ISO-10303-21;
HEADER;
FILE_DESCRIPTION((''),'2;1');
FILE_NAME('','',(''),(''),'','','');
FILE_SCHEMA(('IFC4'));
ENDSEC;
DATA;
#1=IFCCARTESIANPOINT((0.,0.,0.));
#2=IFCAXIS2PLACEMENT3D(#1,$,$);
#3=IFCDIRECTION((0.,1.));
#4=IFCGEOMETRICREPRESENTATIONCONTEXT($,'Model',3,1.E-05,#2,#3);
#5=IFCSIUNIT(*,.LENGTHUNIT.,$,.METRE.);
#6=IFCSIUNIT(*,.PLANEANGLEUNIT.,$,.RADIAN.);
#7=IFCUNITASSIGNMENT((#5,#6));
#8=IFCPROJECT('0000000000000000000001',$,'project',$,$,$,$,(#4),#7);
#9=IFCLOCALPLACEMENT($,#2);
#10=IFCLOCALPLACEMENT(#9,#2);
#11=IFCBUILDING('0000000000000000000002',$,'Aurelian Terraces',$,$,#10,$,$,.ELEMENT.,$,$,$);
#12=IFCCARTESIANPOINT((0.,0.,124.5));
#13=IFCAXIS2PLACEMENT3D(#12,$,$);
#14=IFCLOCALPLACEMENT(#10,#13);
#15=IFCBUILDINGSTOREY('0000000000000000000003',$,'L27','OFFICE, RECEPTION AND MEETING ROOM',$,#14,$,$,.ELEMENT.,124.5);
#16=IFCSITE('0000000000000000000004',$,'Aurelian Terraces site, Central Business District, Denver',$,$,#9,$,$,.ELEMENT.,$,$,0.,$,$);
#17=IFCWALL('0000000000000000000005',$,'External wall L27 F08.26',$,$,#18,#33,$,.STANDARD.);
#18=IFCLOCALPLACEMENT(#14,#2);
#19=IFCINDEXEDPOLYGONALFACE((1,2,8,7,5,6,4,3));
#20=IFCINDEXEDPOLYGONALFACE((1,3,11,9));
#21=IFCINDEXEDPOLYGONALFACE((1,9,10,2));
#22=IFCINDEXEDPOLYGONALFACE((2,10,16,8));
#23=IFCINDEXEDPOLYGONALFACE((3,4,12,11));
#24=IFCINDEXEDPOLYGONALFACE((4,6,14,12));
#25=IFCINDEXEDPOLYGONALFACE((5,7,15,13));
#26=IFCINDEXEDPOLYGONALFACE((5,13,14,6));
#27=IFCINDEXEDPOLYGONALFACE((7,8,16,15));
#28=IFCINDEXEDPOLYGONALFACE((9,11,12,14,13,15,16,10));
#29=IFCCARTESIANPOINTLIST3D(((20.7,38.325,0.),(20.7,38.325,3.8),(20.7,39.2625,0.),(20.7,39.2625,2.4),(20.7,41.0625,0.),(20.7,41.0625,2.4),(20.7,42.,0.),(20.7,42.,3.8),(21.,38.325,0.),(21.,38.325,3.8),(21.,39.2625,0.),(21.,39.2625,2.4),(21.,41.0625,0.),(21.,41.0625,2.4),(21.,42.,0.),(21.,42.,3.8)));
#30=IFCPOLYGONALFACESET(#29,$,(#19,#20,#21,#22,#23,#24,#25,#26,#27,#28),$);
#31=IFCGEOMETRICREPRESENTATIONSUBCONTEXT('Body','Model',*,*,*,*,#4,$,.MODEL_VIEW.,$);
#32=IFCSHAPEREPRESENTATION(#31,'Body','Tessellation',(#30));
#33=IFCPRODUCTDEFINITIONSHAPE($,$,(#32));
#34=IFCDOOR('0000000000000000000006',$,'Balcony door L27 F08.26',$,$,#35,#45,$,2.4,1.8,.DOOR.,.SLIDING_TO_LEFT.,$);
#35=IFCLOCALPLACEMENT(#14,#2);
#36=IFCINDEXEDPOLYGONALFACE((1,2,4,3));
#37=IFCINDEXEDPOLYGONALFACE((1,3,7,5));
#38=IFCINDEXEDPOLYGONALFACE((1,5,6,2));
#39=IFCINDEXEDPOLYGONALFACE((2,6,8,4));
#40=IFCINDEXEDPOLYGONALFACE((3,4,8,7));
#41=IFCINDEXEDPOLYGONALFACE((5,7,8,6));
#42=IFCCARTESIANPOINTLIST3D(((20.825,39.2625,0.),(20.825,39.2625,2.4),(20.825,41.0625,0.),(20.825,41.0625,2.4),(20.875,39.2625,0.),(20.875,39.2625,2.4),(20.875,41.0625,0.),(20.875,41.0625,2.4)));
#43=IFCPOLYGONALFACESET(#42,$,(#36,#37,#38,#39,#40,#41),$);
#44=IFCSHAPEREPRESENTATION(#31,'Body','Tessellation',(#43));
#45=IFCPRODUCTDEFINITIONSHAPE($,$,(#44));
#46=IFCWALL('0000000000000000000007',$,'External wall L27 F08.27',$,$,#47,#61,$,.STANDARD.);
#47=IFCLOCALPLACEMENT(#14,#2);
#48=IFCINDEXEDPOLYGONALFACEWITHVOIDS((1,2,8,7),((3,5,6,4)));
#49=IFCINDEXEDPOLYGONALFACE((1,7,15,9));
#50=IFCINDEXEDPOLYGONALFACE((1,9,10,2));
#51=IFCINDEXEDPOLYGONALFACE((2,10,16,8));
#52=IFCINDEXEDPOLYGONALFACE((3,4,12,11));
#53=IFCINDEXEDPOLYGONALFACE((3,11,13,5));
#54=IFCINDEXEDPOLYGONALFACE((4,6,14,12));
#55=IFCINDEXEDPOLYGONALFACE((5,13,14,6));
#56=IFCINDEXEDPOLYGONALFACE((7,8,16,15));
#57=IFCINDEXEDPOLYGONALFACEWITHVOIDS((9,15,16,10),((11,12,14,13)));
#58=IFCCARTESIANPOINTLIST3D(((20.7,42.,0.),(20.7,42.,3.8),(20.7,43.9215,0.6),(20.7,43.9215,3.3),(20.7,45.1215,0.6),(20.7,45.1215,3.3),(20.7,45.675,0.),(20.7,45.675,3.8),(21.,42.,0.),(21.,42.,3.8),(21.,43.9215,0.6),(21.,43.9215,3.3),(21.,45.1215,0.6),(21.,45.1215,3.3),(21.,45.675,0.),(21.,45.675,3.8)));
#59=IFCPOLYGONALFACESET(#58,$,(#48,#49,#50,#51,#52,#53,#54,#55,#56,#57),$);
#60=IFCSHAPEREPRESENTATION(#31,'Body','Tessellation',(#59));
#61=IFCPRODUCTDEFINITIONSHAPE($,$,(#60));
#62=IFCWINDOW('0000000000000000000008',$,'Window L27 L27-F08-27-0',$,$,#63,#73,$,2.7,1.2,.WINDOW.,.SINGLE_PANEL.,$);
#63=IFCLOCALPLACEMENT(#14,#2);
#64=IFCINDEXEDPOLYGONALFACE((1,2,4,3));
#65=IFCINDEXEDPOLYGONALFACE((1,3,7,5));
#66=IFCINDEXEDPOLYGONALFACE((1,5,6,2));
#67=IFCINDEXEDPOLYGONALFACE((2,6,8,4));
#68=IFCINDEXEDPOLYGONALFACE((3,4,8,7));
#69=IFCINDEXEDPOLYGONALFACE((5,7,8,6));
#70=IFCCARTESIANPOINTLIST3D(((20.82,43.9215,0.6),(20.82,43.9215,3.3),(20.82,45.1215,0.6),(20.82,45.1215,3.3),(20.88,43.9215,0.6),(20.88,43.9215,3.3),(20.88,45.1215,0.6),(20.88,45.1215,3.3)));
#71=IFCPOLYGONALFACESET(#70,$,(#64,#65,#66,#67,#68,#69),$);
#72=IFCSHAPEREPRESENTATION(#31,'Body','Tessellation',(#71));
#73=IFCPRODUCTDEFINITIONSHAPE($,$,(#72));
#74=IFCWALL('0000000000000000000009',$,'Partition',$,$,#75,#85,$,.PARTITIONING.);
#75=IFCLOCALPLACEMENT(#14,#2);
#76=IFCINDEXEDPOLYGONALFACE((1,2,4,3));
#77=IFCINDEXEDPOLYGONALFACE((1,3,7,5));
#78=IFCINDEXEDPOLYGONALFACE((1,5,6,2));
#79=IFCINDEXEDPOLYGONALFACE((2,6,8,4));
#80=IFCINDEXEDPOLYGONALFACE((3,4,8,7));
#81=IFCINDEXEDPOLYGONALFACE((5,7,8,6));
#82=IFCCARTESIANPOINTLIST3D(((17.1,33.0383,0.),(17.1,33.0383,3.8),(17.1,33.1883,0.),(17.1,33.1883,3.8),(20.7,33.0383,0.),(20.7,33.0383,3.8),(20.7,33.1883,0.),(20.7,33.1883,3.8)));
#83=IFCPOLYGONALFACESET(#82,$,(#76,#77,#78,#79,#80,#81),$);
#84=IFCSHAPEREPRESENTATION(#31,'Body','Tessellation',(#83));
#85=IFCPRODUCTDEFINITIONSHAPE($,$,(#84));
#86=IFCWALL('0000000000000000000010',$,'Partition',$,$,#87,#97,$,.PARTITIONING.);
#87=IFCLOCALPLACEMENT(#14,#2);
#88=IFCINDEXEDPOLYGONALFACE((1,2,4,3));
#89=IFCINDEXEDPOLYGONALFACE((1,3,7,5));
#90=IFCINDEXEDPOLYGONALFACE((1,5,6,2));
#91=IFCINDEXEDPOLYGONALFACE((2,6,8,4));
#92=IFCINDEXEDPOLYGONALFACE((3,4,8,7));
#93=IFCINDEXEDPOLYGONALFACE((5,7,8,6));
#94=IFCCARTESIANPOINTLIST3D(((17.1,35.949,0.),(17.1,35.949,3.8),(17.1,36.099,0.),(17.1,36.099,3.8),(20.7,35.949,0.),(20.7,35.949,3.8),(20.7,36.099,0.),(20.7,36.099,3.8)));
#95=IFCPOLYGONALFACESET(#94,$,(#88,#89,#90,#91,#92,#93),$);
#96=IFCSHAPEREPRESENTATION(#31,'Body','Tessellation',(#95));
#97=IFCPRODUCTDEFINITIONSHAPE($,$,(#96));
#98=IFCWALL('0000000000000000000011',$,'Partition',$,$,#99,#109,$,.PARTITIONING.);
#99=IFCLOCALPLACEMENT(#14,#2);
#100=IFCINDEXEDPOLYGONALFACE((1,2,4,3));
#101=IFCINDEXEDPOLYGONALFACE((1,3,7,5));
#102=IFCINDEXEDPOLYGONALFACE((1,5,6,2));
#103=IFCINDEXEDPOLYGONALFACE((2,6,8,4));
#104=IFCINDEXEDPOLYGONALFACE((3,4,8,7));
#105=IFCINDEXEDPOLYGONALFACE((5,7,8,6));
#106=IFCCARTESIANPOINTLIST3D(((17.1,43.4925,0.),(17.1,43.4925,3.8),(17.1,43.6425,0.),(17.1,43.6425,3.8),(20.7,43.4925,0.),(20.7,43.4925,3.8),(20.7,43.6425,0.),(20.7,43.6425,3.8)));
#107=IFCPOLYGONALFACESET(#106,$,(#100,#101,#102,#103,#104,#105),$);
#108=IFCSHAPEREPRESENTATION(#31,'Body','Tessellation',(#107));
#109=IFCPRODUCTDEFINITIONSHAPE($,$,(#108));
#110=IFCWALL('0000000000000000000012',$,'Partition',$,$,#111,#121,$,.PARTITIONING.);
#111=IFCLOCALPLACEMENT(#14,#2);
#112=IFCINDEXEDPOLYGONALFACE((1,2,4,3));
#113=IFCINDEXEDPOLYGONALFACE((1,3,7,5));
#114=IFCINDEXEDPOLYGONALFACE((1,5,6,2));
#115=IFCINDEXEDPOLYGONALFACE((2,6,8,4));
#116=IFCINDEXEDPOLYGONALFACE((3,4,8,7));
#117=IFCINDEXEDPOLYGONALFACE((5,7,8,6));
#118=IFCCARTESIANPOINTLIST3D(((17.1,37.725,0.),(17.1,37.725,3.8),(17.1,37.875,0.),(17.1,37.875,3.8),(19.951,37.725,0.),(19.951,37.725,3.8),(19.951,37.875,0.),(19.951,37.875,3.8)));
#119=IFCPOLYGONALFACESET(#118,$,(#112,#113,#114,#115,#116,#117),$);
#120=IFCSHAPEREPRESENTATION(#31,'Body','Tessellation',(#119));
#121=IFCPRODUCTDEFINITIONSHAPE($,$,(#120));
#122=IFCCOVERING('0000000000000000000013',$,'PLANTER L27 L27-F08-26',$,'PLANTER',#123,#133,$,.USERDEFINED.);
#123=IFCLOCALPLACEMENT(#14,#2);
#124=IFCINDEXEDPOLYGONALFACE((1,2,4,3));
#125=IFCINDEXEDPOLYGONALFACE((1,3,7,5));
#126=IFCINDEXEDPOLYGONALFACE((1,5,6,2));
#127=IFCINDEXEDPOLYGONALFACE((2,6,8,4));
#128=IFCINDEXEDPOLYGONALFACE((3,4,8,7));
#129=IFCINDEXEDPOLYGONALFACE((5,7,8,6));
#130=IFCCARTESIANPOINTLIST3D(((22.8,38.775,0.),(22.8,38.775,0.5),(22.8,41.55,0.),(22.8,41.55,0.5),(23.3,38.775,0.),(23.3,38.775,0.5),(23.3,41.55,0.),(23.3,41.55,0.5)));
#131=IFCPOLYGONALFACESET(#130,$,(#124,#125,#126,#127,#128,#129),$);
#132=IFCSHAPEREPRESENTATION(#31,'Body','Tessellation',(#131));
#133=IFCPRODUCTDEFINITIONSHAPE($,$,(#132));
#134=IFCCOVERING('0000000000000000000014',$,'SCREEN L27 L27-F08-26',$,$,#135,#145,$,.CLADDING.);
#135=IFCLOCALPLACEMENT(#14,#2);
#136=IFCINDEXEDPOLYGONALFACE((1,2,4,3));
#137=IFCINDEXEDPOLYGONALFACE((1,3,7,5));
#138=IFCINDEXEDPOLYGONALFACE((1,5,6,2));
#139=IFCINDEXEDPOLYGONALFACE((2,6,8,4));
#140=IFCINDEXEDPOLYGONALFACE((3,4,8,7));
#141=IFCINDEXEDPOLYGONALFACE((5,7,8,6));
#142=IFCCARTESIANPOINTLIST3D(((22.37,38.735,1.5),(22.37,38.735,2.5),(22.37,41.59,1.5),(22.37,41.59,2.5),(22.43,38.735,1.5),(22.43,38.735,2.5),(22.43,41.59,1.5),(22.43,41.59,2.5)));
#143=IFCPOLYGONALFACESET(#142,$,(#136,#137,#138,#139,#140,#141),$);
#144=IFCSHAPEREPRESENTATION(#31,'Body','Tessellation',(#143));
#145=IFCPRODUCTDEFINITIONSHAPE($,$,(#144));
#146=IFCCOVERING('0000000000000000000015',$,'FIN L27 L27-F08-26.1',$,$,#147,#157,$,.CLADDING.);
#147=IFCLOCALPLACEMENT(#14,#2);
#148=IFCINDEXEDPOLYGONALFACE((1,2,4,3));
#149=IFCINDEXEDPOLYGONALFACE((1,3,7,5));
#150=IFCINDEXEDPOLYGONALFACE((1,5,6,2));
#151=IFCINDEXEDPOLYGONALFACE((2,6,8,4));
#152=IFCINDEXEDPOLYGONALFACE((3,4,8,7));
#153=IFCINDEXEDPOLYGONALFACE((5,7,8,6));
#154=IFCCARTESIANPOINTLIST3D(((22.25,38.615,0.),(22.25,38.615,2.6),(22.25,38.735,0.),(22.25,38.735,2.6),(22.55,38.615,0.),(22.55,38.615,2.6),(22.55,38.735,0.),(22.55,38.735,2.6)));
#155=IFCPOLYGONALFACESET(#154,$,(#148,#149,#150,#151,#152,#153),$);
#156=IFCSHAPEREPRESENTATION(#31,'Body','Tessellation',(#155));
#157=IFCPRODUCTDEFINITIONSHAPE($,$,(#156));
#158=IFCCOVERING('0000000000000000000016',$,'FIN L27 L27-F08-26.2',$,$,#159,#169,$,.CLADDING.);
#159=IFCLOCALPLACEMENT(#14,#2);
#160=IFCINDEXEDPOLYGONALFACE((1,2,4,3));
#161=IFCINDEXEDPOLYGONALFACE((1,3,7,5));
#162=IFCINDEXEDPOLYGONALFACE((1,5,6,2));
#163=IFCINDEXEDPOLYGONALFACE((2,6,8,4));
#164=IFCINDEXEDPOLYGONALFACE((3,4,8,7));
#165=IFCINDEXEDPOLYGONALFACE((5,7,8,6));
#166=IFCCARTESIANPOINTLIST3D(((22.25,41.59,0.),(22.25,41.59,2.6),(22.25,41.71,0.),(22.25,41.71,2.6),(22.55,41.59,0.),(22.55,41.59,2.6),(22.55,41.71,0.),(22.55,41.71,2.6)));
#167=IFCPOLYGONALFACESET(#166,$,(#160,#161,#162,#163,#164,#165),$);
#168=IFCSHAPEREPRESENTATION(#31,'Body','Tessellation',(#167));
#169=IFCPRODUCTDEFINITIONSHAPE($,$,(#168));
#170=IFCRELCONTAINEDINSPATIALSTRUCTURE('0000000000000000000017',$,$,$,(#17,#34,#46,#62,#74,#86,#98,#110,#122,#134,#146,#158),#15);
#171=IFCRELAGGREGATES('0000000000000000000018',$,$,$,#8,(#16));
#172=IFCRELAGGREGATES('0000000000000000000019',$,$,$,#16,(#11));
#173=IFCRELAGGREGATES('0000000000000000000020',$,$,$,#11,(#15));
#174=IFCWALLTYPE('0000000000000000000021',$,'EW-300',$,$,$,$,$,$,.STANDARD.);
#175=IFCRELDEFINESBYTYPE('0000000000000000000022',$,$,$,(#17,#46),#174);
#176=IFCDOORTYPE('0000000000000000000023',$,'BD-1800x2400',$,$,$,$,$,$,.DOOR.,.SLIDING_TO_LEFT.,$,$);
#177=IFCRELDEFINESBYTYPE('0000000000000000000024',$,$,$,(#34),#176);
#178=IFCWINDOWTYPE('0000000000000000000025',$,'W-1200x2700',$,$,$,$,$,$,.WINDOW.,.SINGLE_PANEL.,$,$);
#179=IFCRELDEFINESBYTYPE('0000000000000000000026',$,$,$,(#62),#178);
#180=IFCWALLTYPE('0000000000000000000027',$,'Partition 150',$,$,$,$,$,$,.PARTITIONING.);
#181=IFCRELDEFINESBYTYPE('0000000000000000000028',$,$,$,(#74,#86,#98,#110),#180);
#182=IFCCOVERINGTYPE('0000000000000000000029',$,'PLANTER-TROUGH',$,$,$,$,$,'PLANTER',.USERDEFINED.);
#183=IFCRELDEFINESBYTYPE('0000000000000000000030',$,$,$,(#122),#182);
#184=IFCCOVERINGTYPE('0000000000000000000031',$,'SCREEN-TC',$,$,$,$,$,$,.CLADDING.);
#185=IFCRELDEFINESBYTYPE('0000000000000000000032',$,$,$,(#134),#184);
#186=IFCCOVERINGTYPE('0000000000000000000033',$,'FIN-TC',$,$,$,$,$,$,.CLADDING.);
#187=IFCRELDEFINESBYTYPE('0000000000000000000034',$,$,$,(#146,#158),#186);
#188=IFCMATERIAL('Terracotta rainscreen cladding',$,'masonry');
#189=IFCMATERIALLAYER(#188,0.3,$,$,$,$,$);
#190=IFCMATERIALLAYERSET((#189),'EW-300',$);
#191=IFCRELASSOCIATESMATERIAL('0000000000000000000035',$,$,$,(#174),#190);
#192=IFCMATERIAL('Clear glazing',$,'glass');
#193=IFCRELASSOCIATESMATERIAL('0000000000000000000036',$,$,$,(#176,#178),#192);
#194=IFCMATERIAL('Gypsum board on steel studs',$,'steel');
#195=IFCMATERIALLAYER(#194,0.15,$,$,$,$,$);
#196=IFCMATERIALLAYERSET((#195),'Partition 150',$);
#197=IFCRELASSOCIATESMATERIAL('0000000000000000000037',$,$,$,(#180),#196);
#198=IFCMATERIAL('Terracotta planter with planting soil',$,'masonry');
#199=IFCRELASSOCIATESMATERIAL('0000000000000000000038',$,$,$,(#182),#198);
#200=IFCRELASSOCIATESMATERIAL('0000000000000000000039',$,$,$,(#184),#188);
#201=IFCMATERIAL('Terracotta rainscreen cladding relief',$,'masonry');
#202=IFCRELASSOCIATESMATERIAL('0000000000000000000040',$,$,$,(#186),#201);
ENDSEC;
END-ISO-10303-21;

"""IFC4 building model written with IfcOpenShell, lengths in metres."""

from ifc_helpers import new_model, si_unit, direction, frame, frame_2d, origin, origin_2d, place, context, subcontext, project, spatial, rectangle, extrude, source, transform, mapped, material, layer, layer_set, type_object, element, fill, save


model = new_model("IFC4")

# Units and contexts
model_context = context("Model", 3, precision=1e-05, world=origin(), true_north=direction((0.0, 1.0)))
body_context = subcontext(model_context, "Body", "Model", "MODEL_VIEW")
ifc_project = project(units=[si_unit("LENGTHUNIT", "METRE"), si_unit("PLANEANGLEUNIT", "RADIAN")], contexts=[model_context])

# Site, building, storey
site_placement = place(None, origin())
site = spatial("IfcSite", under=ifc_project, at=site_placement, Name="Aurelian Terraces site, Central Business District, Denver", CompositionType="ELEMENT", RefElevation=0.0)
building_placement = place(site_placement, origin())
building = spatial("IfcBuilding", under=site, at=building_placement, Name="Aurelian Terraces", CompositionType="ELEMENT")
storey_placement = place(building_placement, frame((0.0, 0.0, 124.5)))
storey = spatial("IfcBuildingStorey", under=building, at=storey_placement, Name="L27", Description="OFFICE, RECEPTION AND MEETING ROOM", CompositionType="ELEMENT", Elevation=124.5)

# Shared definitions
ifc_material_1 = material(Name="Terracotta rainscreen cladding", Category="masonry")
ifc_layer_1 = layer(ifc_material_1, 0.3)
ifc_layer_set_1 = layer_set([ifc_layer_1], Name="EW-300")
wall_type_1 = type_object("IfcWallType", Name="EW-300", PredefinedType="STANDARD", material=ifc_layer_set_1)
ifc_material_2 = material(Name="Clear glazing", Category="glass")

# Wall, opening, door
shared_shape_1 = source(origin(), body_context, "Body", "SweptSolid", [
    extrude(rectangle(XDim=3.675, YDim=0.3, at=frame_2d((1.8375, 0.0))), origin(), (0.0, 0.0, 1.0), 3.8),
])
wall_1_placement = place(storey_placement, frame((20.85, 38.325, 0.0), z_axis=(0.0, 0.0, 1.0), x_axis=(0.0, 1.0, 0.0)))
wall_1 = element("IfcWall", 1, at=wall_1_placement, inside=storey, type_object=wall_type_1, Name="External wall L27 F08.26", PredefinedType="STANDARD", context=body_context, shape_type="MappedRepresentation", body=[
    mapped(shared_shape_1, transform((0.0, 0.0, 0.0), scale=1.0)),
])
shared_shape_2 = source(origin(), body_context, "Body", "SweptSolid", [
    extrude(rectangle(XDim=1.8, YDim=2.4, at=frame_2d((0.9, 1.2))), frame((0.0, 0.16, 0.0), z_axis=(0.0, -1.0, 0.0), x_axis=(1.0, 0.0, 0.0)), (0.0, 0.0, 1.0), 0.32),
])
opening_1_placement = place(wall_1_placement, frame((0.9375, 0.0, 0.0)))
opening_1 = element("IfcOpeningElement", 2, at=opening_1_placement, cuts=wall_1, PredefinedType="OPENING", context=body_context, shape_type="MappedRepresentation", body=[
    mapped(shared_shape_2, transform((0.0, 0.0, 0.0), scale=1.0)),
])
door_type_1 = type_object("IfcDoorType", Name="BD-1800x2400", OperationType="SLIDING_TO_LEFT", PredefinedType="DOOR", material=ifc_material_2)
shared_shape_3 = source(origin(), body_context, "Body", "SweptSolid", [
    extrude(rectangle(XDim=1.8, YDim=2.4, at=frame_2d((0.9, 1.2))), frame((0.0, 0.025, 0.0), z_axis=(0.0, -1.0, 0.0), x_axis=(1.0, 0.0, 0.0)), (0.0, 0.0, 1.0), 0.05),
])
door_1_placement = place(opening_1_placement, origin())
door_1 = element("IfcDoor", 3, at=door_1_placement, inside=storey, type_object=door_type_1, Name="Balcony door L27 F08.26", OperationType="SLIDING_TO_LEFT", OverallHeight=2.4, OverallWidth=1.8, PredefinedType="DOOR", context=body_context, shape_type="MappedRepresentation", body=[
    mapped(shared_shape_3, transform((0.0, 0.0, 0.0), scale=1.0)),
])
fill(opening_1, door_1)

# Wall, opening, window
wall_2_placement = place(storey_placement, frame((20.85, 42.0, 0.0), z_axis=(0.0, 0.0, 1.0), x_axis=(0.0, 1.0, 0.0)))
wall_2 = element("IfcWall", 4, at=wall_2_placement, inside=storey, type_object=wall_type_1, Name="External wall L27 F08.27", PredefinedType="STANDARD", context=body_context, shape_type="MappedRepresentation", body=[
    mapped(shared_shape_1, transform((0.0, 0.0, 0.0), scale=1.0)),
])
shared_shape_4 = source(origin(), body_context, "Body", "SweptSolid", [
    extrude(rectangle(XDim=1.2, YDim=2.7, at=frame_2d((0.6, 1.35))), frame((0.0, 0.16, 0.0), z_axis=(0.0, -1.0, 0.0), x_axis=(1.0, 0.0, 0.0)), (0.0, 0.0, 1.0), 0.32),
])
opening_2_placement = place(wall_2_placement, frame((1.9215, 0.0, 0.6)))
opening_2 = element("IfcOpeningElement", 5, at=opening_2_placement, cuts=wall_2, PredefinedType="OPENING", context=body_context, shape_type="MappedRepresentation", body=[
    mapped(shared_shape_4, transform((0.0, 0.0, 0.0), scale=1.0)),
])
window_type_1 = type_object("IfcWindowType", Name="W-1200x2700", PartitioningType="SINGLE_PANEL", PredefinedType="WINDOW", material=ifc_material_2)
shared_shape_5 = source(origin(), body_context, "Body", "SweptSolid", [
    extrude(rectangle(XDim=1.2, YDim=2.7, at=frame_2d((0.6, 1.35))), frame((0.0, 0.03, 0.0), z_axis=(0.0, -1.0, 0.0), x_axis=(1.0, 0.0, 0.0)), (0.0, 0.0, 1.0), 0.06),
])
window_1_placement = place(opening_2_placement, origin())
window_1 = element("IfcWindow", 6, at=window_1_placement, inside=storey, type_object=window_type_1, Name="Window L27 L27-F08-27-0", OverallHeight=2.7, OverallWidth=1.2, PartitioningType="SINGLE_PANEL", PredefinedType="WINDOW", context=body_context, shape_type="MappedRepresentation", body=[
    mapped(shared_shape_5, transform((0.0, 0.0, 0.0), scale=1.0)),
])
fill(opening_2, window_1)

# Walls
ifc_material_3 = material(Name="Gypsum board on steel studs", Category="steel")
ifc_layer_2 = layer(ifc_material_3, 0.15)
ifc_layer_set_2 = layer_set([ifc_layer_2], Name="Partition 150")
wall_type_2 = type_object("IfcWallType", Name="Partition 150", PredefinedType="PARTITIONING", material=ifc_layer_set_2)
shared_shape_6 = source(origin(), body_context, "Body", "SweptSolid", [
    extrude(rectangle(XDim=3.6, YDim=0.15, at=frame_2d((1.8, 0.0))), origin(), (0.0, 0.0, 1.0), 3.8),
])
for number, where, z_axis, x_axis, name in (
    (7, (17.1, 33.1133, 0.0), (0.0, 0.0, 1.0), (1.0, 0.0, 0.0), "Partition"),
    (8, (17.1, 36.024, 0.0), (0.0, 0.0, 1.0), (1.0, 0.0, 0.0), "Partition"),
    (9, (17.1, 43.5675, 0.0), (0.0, 0.0, 1.0), (1.0, 0.0, 0.0), "Partition"),
):
    element("IfcWall", number, at=place(storey_placement, frame(where, z_axis=z_axis, x_axis=x_axis)), inside=storey, type_object=wall_type_2, Name=name, PredefinedType="PARTITIONING", context=body_context, shape_type="MappedRepresentation", body=[
        mapped(shared_shape_6, transform((0.0, 0.0, 0.0), scale=1.0)),
    ])
shared_shape_7 = source(origin(), body_context, "Body", "SweptSolid", [
    extrude(rectangle(XDim=2.851, YDim=0.15, at=frame_2d((1.4255, 0.0))), origin(), (0.0, 0.0, 1.0), 3.8),
])
wall_3_placement = place(storey_placement, frame((19.951, 37.8, 0.0), z_axis=(0.0, 0.0, 1.0), x_axis=(-1.0, 0.0, 0.0)))
element("IfcWall", 10, at=wall_3_placement, inside=storey, type_object=wall_type_2, Name="Partition", PredefinedType="PARTITIONING", context=body_context, shape_type="MappedRepresentation", body=[
    mapped(shared_shape_7, transform((0.0, 0.0, 0.0), scale=1.0)),
])

# Coverings
ifc_material_4 = material(Name="Terracotta planter with planting soil", Category="masonry")
covering_type_1 = type_object("IfcCoveringType", Name="PLANTER-TROUGH", ElementType="PLANTER", PredefinedType="USERDEFINED", material=ifc_material_4)
covering_1_placement = place(storey_placement, frame((23.05, 40.1625, 0.0), z_axis=(0.0, 0.0, 1.0), x_axis=(1.0, 0.0, 0.0)))
element("IfcCovering", 11, at=covering_1_placement, inside=storey, type_object=covering_type_1, Name="PLANTER L27 L27-F08-26", ObjectType="PLANTER", PredefinedType="USERDEFINED", context=body_context, shape_type="SweptSolid", body=[
    extrude(rectangle(XDim=0.5, YDim=2.775, at=origin_2d()), origin(), (0.0, 0.0, 1.0), 0.5),
])
covering_type_2 = type_object("IfcCoveringType", Name="SCREEN-TC", PredefinedType="CLADDING", material=ifc_material_1)
covering_2_placement = place(storey_placement, frame((22.4, 40.1625, 1.5), z_axis=(0.0, 0.0, 1.0), x_axis=(1.0, 0.0, 0.0)))
element("IfcCovering", 12, at=covering_2_placement, inside=storey, type_object=covering_type_2, Name="SCREEN L27 L27-F08-26", PredefinedType="CLADDING", context=body_context, shape_type="SweptSolid", body=[
    extrude(rectangle(XDim=0.06, YDim=2.855, at=origin_2d()), origin(), (0.0, 0.0, 1.0), 1.0),
])
ifc_material_5 = material(Name="Terracotta rainscreen cladding relief", Category="masonry")
covering_type_3 = type_object("IfcCoveringType", Name="FIN-TC", PredefinedType="CLADDING", material=ifc_material_5)
shared_shape_8 = source(origin(), body_context, "Body", "SweptSolid", [
    extrude(rectangle(XDim=0.3, YDim=0.12, at=origin_2d()), origin(), (0.0, 0.0, 1.0), 2.6),
])
for number, where, z_axis, x_axis, name in (
    (13, (22.4, 38.675, 0.0), (0.0, 0.0, 1.0), (1.0, 0.0, 0.0), "FIN L27 L27-F08-26.1"),
    (14, (22.4, 41.65, 0.0), (0.0, 0.0, 1.0), (1.0, 0.0, 0.0), "FIN L27 L27-F08-26.2"),
):
    element("IfcCovering", number, at=place(storey_placement, frame(where, z_axis=z_axis, x_axis=x_axis)), inside=storey, type_object=covering_type_3, Name=name, PredefinedType="CLADDING", context=body_context, shape_type="MappedRepresentation", body=[
        mapped(shared_shape_8, transform((0.0, 0.0, 0.0), scale=1.0)),
    ])

save(model, "model.ifc")
